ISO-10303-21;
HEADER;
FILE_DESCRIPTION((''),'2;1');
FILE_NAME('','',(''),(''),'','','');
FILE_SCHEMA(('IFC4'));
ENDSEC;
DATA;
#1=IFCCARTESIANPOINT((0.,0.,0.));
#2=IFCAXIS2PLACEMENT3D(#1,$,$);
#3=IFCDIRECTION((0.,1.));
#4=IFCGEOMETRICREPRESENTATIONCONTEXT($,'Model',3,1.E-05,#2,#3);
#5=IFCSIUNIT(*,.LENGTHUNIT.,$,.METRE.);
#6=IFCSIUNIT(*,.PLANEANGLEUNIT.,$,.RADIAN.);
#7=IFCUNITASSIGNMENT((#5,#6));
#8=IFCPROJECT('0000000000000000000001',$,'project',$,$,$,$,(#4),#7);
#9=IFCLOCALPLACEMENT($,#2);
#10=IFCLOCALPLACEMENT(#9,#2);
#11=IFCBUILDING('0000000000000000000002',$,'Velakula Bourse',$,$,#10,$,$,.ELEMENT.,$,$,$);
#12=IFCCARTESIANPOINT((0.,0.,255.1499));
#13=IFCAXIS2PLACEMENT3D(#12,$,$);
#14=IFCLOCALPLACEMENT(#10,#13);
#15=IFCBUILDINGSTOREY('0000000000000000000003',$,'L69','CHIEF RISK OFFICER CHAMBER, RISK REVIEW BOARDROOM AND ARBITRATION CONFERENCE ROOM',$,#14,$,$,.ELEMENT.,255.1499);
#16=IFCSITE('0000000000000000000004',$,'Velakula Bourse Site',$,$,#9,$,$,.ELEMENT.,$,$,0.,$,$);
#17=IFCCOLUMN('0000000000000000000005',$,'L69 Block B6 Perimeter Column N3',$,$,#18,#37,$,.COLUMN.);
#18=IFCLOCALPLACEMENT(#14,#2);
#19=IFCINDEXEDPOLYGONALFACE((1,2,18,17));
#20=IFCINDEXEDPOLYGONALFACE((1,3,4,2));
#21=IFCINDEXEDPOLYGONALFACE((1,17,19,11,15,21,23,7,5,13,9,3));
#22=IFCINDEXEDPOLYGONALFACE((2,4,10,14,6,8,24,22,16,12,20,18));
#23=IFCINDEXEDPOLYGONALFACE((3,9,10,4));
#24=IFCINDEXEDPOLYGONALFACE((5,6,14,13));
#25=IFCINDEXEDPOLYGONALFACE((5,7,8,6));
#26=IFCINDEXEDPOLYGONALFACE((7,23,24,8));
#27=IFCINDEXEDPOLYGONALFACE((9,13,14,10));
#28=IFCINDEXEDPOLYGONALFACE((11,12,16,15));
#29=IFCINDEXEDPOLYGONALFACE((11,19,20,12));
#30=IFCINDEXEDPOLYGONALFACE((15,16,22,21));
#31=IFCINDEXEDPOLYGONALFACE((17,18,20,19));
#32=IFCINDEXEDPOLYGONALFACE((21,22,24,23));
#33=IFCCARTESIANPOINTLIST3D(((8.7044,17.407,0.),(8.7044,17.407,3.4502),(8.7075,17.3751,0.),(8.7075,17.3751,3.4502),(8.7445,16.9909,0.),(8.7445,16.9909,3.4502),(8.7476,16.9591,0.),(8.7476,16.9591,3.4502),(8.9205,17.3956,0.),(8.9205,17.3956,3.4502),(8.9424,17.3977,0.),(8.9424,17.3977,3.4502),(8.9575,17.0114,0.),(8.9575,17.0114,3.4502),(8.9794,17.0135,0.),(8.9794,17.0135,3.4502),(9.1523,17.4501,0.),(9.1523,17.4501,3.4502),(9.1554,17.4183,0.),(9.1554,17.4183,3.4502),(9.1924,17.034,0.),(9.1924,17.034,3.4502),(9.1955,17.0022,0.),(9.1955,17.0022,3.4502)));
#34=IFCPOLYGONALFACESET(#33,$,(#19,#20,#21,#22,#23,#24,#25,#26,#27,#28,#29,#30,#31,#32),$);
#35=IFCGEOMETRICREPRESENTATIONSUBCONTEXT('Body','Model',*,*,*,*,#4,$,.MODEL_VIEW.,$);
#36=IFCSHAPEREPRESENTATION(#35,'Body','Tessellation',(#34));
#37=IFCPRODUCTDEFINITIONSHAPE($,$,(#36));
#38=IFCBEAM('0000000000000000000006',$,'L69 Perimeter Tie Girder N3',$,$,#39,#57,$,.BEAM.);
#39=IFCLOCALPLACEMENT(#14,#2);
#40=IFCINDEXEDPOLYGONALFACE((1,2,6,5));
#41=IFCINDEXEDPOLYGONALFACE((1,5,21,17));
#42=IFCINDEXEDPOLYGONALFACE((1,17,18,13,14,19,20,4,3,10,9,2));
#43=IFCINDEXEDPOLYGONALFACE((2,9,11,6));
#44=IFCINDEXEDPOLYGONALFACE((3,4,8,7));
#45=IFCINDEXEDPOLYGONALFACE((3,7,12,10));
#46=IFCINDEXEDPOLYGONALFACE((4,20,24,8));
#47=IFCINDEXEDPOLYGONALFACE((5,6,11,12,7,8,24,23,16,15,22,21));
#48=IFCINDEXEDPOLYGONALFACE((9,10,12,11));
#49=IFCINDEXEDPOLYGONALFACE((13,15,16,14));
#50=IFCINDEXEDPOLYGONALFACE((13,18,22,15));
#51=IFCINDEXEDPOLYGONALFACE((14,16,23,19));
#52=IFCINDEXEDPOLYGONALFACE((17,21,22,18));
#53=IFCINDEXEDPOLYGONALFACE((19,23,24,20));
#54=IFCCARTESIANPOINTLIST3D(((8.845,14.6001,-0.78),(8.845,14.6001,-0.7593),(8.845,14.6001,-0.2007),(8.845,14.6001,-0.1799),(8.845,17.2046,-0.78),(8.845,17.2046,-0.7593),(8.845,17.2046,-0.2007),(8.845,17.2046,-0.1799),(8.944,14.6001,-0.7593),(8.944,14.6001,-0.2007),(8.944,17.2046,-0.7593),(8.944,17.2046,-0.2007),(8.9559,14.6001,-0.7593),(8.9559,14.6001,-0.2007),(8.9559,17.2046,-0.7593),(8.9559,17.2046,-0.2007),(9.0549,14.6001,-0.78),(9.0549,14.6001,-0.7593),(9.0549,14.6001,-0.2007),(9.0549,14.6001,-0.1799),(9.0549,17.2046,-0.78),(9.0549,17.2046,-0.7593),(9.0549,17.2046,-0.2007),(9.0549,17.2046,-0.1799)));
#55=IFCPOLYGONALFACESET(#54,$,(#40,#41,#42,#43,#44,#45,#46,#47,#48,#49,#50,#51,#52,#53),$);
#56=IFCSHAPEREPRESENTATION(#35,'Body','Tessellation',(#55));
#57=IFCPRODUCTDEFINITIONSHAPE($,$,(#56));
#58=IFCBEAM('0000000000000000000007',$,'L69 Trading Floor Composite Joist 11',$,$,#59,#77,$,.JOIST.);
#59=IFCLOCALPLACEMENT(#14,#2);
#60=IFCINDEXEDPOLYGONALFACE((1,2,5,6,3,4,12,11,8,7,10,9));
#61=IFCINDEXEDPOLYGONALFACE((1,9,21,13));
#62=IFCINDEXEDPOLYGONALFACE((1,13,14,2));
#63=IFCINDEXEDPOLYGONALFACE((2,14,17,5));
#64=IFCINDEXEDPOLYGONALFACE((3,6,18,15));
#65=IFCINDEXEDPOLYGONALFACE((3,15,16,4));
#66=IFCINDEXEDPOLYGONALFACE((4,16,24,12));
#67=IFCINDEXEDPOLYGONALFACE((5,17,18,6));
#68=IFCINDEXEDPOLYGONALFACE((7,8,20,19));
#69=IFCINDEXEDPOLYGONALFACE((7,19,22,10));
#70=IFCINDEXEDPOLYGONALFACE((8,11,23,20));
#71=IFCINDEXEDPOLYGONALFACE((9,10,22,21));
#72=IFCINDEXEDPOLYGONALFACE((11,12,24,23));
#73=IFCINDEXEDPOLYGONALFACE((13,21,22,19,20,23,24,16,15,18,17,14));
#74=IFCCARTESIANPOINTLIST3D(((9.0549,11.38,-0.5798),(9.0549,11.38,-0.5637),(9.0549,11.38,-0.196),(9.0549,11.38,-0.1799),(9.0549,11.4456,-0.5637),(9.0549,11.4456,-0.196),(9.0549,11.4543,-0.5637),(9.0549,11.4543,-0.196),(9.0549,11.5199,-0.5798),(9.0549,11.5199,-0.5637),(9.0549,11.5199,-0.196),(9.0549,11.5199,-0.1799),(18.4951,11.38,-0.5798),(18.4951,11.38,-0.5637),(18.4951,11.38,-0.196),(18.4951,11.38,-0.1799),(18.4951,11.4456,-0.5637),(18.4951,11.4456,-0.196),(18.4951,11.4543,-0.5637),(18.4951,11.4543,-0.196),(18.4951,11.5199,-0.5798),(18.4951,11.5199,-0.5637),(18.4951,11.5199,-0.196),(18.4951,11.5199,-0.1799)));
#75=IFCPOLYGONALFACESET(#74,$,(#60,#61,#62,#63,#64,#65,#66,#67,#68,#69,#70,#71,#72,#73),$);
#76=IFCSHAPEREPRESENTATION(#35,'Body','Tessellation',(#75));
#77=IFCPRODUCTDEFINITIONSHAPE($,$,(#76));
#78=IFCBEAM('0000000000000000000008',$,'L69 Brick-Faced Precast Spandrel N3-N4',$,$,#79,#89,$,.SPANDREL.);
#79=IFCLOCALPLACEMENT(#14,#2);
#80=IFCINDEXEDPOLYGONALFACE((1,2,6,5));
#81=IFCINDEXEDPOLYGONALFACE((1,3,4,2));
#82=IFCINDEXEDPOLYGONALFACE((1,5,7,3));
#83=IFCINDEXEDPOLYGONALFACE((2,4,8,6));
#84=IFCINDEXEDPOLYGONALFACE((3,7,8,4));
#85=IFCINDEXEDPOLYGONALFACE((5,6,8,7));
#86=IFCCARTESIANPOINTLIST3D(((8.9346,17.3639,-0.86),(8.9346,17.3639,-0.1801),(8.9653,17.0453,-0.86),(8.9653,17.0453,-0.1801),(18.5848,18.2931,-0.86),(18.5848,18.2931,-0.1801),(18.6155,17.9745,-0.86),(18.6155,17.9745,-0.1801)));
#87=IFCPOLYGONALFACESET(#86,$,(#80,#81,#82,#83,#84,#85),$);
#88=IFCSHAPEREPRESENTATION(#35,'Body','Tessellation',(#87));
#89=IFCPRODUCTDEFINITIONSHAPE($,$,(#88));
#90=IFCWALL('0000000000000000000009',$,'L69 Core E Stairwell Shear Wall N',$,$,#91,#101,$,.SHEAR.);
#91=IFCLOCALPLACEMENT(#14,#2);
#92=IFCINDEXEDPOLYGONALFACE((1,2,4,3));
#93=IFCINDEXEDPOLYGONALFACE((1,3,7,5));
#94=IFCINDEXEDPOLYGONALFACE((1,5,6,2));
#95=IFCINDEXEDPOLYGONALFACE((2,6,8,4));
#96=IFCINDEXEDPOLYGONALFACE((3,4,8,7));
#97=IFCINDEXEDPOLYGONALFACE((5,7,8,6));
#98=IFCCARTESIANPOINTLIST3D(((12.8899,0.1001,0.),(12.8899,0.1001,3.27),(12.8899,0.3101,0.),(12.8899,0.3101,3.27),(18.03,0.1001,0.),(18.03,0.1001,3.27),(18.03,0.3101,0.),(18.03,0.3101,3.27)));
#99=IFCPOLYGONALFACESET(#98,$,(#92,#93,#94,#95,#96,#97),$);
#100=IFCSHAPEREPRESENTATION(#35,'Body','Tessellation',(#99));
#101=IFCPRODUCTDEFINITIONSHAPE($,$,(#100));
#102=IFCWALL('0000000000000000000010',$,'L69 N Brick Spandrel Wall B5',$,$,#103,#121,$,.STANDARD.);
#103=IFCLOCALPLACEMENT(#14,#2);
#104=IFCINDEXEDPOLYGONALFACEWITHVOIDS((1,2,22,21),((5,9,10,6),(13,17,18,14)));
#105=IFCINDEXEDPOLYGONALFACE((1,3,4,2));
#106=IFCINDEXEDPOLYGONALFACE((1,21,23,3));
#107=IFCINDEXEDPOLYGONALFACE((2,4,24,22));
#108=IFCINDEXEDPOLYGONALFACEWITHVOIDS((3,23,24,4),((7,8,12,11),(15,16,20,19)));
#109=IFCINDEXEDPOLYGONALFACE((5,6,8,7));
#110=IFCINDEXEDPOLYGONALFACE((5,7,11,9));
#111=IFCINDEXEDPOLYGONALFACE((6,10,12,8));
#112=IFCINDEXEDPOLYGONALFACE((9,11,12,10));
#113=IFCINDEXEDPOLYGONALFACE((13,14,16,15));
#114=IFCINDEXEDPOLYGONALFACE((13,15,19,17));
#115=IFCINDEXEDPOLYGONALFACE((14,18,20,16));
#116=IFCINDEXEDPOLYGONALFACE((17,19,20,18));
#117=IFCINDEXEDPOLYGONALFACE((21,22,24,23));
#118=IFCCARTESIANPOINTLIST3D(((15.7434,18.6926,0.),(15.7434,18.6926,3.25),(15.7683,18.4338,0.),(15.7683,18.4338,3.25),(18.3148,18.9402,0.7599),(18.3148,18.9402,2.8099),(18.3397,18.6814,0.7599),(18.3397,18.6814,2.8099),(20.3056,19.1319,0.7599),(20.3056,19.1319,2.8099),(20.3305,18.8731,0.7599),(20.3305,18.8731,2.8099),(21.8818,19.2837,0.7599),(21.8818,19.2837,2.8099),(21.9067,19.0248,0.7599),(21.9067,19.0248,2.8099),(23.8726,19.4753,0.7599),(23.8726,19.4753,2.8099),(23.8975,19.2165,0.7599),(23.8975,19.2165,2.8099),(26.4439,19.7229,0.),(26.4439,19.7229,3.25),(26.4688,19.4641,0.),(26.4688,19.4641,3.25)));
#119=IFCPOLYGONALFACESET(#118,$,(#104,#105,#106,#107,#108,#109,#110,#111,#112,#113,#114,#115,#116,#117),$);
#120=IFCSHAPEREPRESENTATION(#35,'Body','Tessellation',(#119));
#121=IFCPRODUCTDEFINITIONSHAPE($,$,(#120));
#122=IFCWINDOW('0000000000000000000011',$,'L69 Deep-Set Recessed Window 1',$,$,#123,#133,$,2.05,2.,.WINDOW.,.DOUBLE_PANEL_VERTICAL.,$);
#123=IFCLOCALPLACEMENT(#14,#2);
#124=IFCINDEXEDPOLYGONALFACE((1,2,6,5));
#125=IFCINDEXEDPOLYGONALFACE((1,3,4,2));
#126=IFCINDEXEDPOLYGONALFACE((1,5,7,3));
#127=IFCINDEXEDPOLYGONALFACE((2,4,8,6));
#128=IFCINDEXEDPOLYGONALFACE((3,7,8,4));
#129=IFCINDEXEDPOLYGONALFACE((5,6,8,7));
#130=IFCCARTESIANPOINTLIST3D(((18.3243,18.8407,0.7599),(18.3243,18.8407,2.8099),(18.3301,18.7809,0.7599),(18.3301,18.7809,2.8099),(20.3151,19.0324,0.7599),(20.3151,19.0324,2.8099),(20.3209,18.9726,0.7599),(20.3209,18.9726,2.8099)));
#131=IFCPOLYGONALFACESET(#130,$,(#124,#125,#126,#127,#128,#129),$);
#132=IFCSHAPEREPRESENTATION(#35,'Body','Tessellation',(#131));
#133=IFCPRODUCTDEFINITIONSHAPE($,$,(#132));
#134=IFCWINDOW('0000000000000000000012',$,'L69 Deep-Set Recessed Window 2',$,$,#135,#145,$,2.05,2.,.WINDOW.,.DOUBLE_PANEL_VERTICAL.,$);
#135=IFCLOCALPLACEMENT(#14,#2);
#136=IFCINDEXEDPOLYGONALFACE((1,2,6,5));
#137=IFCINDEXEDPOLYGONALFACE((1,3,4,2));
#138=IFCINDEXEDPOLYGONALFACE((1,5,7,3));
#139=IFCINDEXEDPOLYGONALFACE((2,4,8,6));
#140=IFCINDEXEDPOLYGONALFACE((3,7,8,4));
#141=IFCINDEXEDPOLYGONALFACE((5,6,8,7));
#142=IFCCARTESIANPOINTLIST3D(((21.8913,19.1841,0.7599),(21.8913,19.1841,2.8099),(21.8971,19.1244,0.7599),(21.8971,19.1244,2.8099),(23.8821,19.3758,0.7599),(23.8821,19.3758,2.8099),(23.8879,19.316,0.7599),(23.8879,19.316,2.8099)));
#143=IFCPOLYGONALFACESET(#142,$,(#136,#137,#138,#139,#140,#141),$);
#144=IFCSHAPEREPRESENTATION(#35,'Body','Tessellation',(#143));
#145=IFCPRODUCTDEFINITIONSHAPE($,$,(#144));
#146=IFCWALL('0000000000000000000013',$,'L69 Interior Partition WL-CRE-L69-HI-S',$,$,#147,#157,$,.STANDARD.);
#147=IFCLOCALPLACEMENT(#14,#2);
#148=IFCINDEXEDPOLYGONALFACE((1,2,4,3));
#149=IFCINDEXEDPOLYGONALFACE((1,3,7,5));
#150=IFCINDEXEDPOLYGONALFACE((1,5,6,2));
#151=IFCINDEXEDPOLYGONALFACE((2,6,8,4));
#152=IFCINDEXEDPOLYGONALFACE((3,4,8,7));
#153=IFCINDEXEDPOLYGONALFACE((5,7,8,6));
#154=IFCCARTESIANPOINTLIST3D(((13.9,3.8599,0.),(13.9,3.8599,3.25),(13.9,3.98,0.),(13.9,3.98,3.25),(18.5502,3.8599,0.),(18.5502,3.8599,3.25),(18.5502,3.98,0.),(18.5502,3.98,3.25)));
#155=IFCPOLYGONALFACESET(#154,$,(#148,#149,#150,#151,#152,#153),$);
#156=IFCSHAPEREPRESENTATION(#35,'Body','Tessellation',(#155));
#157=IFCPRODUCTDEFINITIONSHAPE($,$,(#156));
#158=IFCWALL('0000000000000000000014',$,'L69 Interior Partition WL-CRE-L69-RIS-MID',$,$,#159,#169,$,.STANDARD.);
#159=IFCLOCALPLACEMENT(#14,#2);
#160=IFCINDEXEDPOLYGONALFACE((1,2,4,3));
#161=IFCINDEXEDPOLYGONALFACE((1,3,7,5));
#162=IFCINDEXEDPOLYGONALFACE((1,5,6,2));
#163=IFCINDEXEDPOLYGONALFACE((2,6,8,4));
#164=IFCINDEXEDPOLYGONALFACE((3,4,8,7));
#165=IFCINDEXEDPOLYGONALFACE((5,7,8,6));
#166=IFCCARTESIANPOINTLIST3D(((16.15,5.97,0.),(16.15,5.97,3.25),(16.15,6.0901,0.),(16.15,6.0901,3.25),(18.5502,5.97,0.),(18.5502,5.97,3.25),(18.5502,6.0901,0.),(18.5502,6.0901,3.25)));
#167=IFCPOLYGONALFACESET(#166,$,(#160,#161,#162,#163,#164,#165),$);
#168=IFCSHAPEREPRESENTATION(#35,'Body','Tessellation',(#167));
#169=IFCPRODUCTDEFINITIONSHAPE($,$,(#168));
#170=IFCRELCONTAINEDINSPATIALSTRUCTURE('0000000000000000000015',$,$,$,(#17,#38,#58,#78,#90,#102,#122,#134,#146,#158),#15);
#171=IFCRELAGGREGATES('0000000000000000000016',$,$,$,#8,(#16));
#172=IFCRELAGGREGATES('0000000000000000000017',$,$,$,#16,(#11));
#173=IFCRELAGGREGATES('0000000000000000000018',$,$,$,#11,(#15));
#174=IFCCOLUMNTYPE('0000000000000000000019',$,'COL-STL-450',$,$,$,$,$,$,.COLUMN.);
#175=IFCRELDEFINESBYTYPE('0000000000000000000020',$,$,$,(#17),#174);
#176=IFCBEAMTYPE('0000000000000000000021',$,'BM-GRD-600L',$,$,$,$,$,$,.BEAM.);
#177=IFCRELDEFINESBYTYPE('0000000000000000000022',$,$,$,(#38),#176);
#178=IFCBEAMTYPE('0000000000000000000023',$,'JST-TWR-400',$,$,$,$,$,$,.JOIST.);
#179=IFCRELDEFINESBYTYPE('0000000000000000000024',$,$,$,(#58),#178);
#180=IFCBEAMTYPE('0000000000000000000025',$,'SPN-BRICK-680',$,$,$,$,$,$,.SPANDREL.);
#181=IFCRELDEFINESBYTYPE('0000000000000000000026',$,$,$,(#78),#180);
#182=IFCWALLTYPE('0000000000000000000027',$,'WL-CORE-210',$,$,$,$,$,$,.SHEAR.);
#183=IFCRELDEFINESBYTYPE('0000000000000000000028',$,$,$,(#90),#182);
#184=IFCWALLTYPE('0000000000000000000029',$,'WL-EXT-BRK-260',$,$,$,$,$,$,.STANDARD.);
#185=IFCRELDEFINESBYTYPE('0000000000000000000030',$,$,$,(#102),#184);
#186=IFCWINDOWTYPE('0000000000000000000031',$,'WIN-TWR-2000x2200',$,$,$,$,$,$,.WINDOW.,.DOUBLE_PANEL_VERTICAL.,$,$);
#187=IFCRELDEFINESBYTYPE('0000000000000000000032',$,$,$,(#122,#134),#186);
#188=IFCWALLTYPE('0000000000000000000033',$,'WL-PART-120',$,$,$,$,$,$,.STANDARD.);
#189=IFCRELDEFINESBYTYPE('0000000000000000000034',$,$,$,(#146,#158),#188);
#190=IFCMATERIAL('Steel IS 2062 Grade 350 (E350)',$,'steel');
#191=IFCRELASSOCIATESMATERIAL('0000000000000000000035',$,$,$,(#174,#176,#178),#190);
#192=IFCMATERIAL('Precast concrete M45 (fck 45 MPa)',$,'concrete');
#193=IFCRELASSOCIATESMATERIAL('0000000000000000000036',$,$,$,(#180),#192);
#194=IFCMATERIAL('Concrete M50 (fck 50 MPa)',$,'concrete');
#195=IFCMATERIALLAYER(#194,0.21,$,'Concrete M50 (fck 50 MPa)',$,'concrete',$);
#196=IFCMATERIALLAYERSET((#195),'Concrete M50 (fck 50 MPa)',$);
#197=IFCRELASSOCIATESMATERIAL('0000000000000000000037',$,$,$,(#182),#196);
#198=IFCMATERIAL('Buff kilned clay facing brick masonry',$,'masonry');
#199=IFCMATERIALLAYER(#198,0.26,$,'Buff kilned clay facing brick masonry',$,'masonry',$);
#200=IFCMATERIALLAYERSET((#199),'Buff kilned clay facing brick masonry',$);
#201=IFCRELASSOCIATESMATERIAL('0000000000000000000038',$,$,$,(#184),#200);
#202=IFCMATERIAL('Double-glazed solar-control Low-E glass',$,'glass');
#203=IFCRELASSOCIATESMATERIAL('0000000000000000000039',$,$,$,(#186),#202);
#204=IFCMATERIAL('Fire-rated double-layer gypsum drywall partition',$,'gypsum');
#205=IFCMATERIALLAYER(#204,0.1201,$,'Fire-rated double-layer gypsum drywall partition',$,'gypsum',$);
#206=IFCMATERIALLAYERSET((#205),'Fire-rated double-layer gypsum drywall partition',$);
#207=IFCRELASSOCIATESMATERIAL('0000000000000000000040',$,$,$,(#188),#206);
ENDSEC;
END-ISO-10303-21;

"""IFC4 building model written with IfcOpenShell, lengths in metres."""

from ifc_helpers import new_model, si_unit, direction, frame, frame_2d, origin, origin_2d, place, context, subcontext, project, spatial, rectangle, i_section, extrude, material, layer, layer_set, material_profile, profile_set, type_object, element, fill, save


model = new_model("IFC4")

# Units and contexts
model_context = context("Model", 3, precision=1e-05, world=origin(), true_north=direction((0.0, 1.0)))
body_context = subcontext(model_context, "Body", "Model", "MODEL_VIEW")
ifc_project = project(units=[si_unit("LENGTHUNIT", "METRE"), si_unit("PLANEANGLEUNIT", "RADIAN")], contexts=[model_context])

# Site, building, storey
site_placement = place(None, origin())
site = spatial("IfcSite", under=ifc_project, at=site_placement, Name="Velakula Bourse Site", CompositionType="ELEMENT", RefElevation=0.0)
building_placement = place(site_placement, origin())
building = spatial("IfcBuilding", under=site, at=building_placement, Name="Velakula Bourse", CompositionType="ELEMENT")
storey_placement = place(building_placement, frame((0.0, 0.0, 255.1499)))
storey = spatial("IfcBuildingStorey", under=building, at=storey_placement, Name="L69", Description="CHIEF RISK OFFICER CHAMBER, RISK REVIEW BOARDROOM AND ARBITRATION CONFERENCE ROOM", CompositionType="ELEMENT", Elevation=255.1499)

# Column
ifc_material_1 = material(Name="Steel IS 2062 Grade 350 (E350)", Category="steel")
ifc_material_profile_1 = material_profile(ifc_material_1, i_section(OverallWidth=0.45, OverallDepth=0.45, WebThickness=0.022, FlangeThickness=0.032, at=origin_2d()), Name="Steel IS 2062 Grade 350 (E350)")
ifc_profile_set_1 = profile_set([ifc_material_profile_1], Name="Steel IS 2062 Grade 350 (E350)")
column_type = type_object("IfcColumnType", Name="COL-STL-450", PredefinedType="COLUMN", material=ifc_profile_set_1)
column_placement = place(storey_placement, frame((8.95, 17.2046, 0.0), z_axis=(0.0, 0.0, 1.0), x_axis=(0.995396, 0.095846, 0.0)))
element("IfcColumn", 1, at=column_placement, inside=storey, type_object=column_type, Name="L69 Block B6 Perimeter Column N3", PredefinedType="COLUMN", context=body_context, shape_type="SweptSolid", body=[
    extrude(i_section(OverallWidth=0.45, OverallDepth=0.45, WebThickness=0.022, FlangeThickness=0.032, at=origin_2d()), origin(), (0.0, 0.0, 1.0), 3.4502),
])

# Beams
ifc_material_profile_2 = material_profile(ifc_material_1, i_section(OverallWidth=0.21, OverallDepth=0.6001, WebThickness=0.012, FlangeThickness=0.0208, at=origin_2d()), Name="Steel IS 2062 Grade 350 (E350)")
ifc_profile_set_2 = profile_set([ifc_material_profile_2], Name="Steel IS 2062 Grade 350 (E350)")
beam_type_1 = type_object("IfcBeamType", Name="BM-GRD-600L", PredefinedType="BEAM", material=ifc_profile_set_2)
beam_1_placement = place(storey_placement, frame((8.95, 14.6001, -0.48), z_axis=(0.0, 1.0, 0.0), x_axis=(-1.0, 0.0, 0.0)))
element("IfcBeam", 2, at=beam_1_placement, inside=storey, type_object=beam_type_1, Name="L69 Perimeter Tie Girder N3", PredefinedType="BEAM", context=body_context, shape_type="SweptSolid", body=[
    extrude(i_section(OverallWidth=0.21, OverallDepth=0.6001, WebThickness=0.012, FlangeThickness=0.0208, at=origin_2d()), origin(), (0.0, 0.0, 1.0), 2.6045),
])
ifc_material_profile_3 = material_profile(ifc_material_1, i_section(OverallWidth=0.1399, OverallDepth=0.3999, WebThickness=0.0088, FlangeThickness=0.0161, at=origin_2d()), Name="Steel IS 2062 Grade 350 (E350)")
ifc_profile_set_3 = profile_set([ifc_material_profile_3], Name="Steel IS 2062 Grade 350 (E350)")
beam_type_2 = type_object("IfcBeamType", Name="JST-TWR-400", PredefinedType="JOIST", material=ifc_profile_set_3)
beam_2_placement = place(storey_placement, frame((9.0549, 11.45, -0.3799), z_axis=(1.0, 0.0, 0.0), x_axis=(0.0, 1.0, 0.0)))
element("IfcBeam", 3, at=beam_2_placement, inside=storey, type_object=beam_type_2, Name="L69 Trading Floor Composite Joist 11", PredefinedType="JOIST", context=body_context, shape_type="SweptSolid", body=[
    extrude(i_section(OverallWidth=0.1399, OverallDepth=0.3999, WebThickness=0.0088, FlangeThickness=0.0161, at=origin_2d()), origin(), (0.0, 0.0, 1.0), 9.4402),
])
ifc_material_2 = material(Name="Precast concrete M45 (fck 45 MPa)", Category="concrete")
ifc_material_profile_4 = material_profile(ifc_material_2, rectangle(XDim=0.3201, YDim=0.6799, at=origin_2d()), Name="Precast concrete M45 (fck 45 MPa)")
ifc_profile_set_4 = profile_set([ifc_material_profile_4], Name="Precast concrete M45 (fck 45 MPa)")
beam_type_3 = type_object("IfcBeamType", Name="SPN-BRICK-680", PredefinedType="SPANDREL", material=ifc_profile_set_4)
beam_3_placement = place(storey_placement, frame((8.95, 17.2046, -0.52), z_axis=(0.995396, 0.095845, 0.0), x_axis=(-0.095845, 0.995396, 0.0)))
element("IfcBeam", 4, at=beam_3_placement, inside=storey, type_object=beam_type_3, Name="L69 Brick-Faced Precast Spandrel N3-N4", PredefinedType="SPANDREL", context=body_context, shape_type="SweptSolid", body=[
    extrude(rectangle(XDim=0.3201, YDim=0.6799, at=origin_2d()), origin(), (0.0, 0.0, 1.0), 9.6948),
])

# Wall
ifc_material_3 = material(Name="Concrete M50 (fck 50 MPa)", Category="concrete")
ifc_layer_1 = layer(ifc_material_3, 0.21, Name="Concrete M50 (fck 50 MPa)", Category="concrete")
ifc_layer_set_1 = layer_set([ifc_layer_1], Name="Concrete M50 (fck 50 MPa)")
wall_type_1 = type_object("IfcWallType", Name="WL-CORE-210", PredefinedType="SHEAR", material=ifc_layer_set_1)
wall_1_placement = place(storey_placement, frame((18.03, 0.2051, 0.0), z_axis=(0.0, 0.0, 1.0), x_axis=(-1.0, 0.0, 0.0)))
element("IfcWall", 5, at=wall_1_placement, inside=storey, type_object=wall_type_1, Name="L69 Core E Stairwell Shear Wall N", PredefinedType="SHEAR", context=body_context, shape_type="SweptSolid", body=[
    extrude(rectangle(XDim=5.1401, YDim=0.21, at=frame_2d((2.5701, 0.0))), origin(), (0.0, 0.0, 1.0), 3.27),
])

# Wall, openings, windows
ifc_material_4 = material(Name="Buff kilned clay facing brick masonry", Category="masonry")
ifc_layer_2 = layer(ifc_material_4, 0.26, Name="Buff kilned clay facing brick masonry", Category="masonry")
ifc_layer_set_2 = layer_set([ifc_layer_2], Name="Buff kilned clay facing brick masonry")
wall_type_2 = type_object("IfcWallType", Name="WL-EXT-BRK-260", PredefinedType="STANDARD", material=ifc_layer_set_2)
wall_2_placement = place(storey_placement, frame((15.7559, 18.5632, 0.0), z_axis=(0.0, 0.0, 1.0), x_axis=(0.995397, 0.09584, 0.0)))
wall_2 = element("IfcWall", 6, at=wall_2_placement, inside=storey, type_object=wall_type_2, Name="L69 N Brick Spandrel Wall B5", PredefinedType="STANDARD", context=body_context, shape_type="SweptSolid", body=[
    extrude(rectangle(XDim=10.75, YDim=0.26, at=frame_2d((5.375, 0.0))), origin(), (0.0, 0.0, 1.0), 3.25),
])
opening_1_placement = place(wall_2_placement, frame((2.5833, 0.0, 0.76)))
opening_1 = element("IfcOpeningElement", 7, at=opening_1_placement, cuts=wall_2, PredefinedType="OPENING", context=body_context, shape_type="SweptSolid", body=[
    extrude(rectangle(XDim=2.0, YDim=2.05, at=frame_2d((1.0, 1.0249))), frame((0.0, 0.1399, 0.0), z_axis=(0.0, -1.0, 0.0), x_axis=(1.0, 0.0, 0.0)), (0.0, 0.0, 1.0), 0.28),
])
opening_2_placement = place(wall_2_placement, frame((6.1667, 0.0, 0.76)))
opening_2 = element("IfcOpeningElement", 8, at=opening_2_placement, cuts=wall_2, PredefinedType="OPENING", context=body_context, shape_type="SweptSolid", body=[
    extrude(rectangle(XDim=2.0, YDim=2.05, at=frame_2d((1.0, 1.0249))), frame((0.0, 0.1399, 0.0), z_axis=(0.0, -1.0, 0.0), x_axis=(1.0, 0.0, 0.0)), (0.0, 0.0, 1.0), 0.28),
])
ifc_material_5 = material(Name="Double-glazed solar-control Low-E glass", Category="glass")
window_type = type_object("IfcWindowType", Name="WIN-TWR-2000x2200", PartitioningType="DOUBLE_PANEL_VERTICAL", PredefinedType="WINDOW", material=ifc_material_5)
window_1_placement = place(opening_1_placement, origin())
window_1 = element("IfcWindow", 9, at=window_1_placement, inside=storey, type_object=window_type, Name="L69 Deep-Set Recessed Window 1", OverallHeight=2.05, OverallWidth=2.0, PartitioningType="DOUBLE_PANEL_VERTICAL", PredefinedType="WINDOW", context=body_context, shape_type="SweptSolid", body=[
    extrude(rectangle(XDim=2.0, YDim=2.05, at=frame_2d((1.0, 1.0249))), frame((0.0, 0.03, 0.0), z_axis=(0.0, -1.0, 0.0), x_axis=(1.0, 0.0, 0.0)), (0.0, 0.0, 1.0), 0.0601),
])
fill(opening_1, window_1)
window_2_placement = place(opening_2_placement, origin())
window_2 = element("IfcWindow", 10, at=window_2_placement, inside=storey, type_object=window_type, Name="L69 Deep-Set Recessed Window 2", OverallHeight=2.05, OverallWidth=2.0, PartitioningType="DOUBLE_PANEL_VERTICAL", PredefinedType="WINDOW", context=body_context, shape_type="SweptSolid", body=[
    extrude(rectangle(XDim=2.0, YDim=2.05, at=frame_2d((1.0, 1.0249))), frame((0.0, 0.03, 0.0), z_axis=(0.0, -1.0, 0.0), x_axis=(1.0, 0.0, 0.0)), (0.0, 0.0, 1.0), 0.0601),
])
fill(opening_2, window_2)

# Walls
ifc_material_6 = material(Name="Fire-rated double-layer gypsum drywall partition", Category="gypsum")
ifc_layer_3 = layer(ifc_material_6, 0.1201, Name="Fire-rated double-layer gypsum drywall partition", Category="gypsum")
ifc_layer_set_3 = layer_set([ifc_layer_3], Name="Fire-rated double-layer gypsum drywall partition")
wall_type_3 = type_object("IfcWallType", Name="WL-PART-120", PredefinedType="STANDARD", material=ifc_layer_set_3)
wall_3_placement = place(storey_placement, frame((13.8999, 3.9199, 0.0), z_axis=(0.0, 0.0, 1.0), x_axis=(1.0, 0.0, 0.0)))
element("IfcWall", 11, at=wall_3_placement, inside=storey, type_object=wall_type_3, Name="L69 Interior Partition WL-CRE-L69-HI-S", PredefinedType="STANDARD", context=body_context, shape_type="SweptSolid", body=[
    extrude(rectangle(XDim=4.6501, YDim=0.1201, at=frame_2d((2.3252, 0.0))), origin(), (0.0, 0.0, 1.0), 3.25),
])
wall_4_placement = place(storey_placement, frame((16.1499, 6.03, 0.0), z_axis=(0.0, 0.0, 1.0), x_axis=(1.0, 0.0, 0.0)))
element("IfcWall", 12, at=wall_4_placement, inside=storey, type_object=wall_type_3, Name="L69 Interior Partition WL-CRE-L69-RIS-MID", PredefinedType="STANDARD", context=body_context, shape_type="SweptSolid", body=[
    extrude(rectangle(XDim=2.4001, YDim=0.1201, at=frame_2d((1.2002, 0.0))), origin(), (0.0, 0.0, 1.0), 3.25),
])

save(model, "model.ifc")
